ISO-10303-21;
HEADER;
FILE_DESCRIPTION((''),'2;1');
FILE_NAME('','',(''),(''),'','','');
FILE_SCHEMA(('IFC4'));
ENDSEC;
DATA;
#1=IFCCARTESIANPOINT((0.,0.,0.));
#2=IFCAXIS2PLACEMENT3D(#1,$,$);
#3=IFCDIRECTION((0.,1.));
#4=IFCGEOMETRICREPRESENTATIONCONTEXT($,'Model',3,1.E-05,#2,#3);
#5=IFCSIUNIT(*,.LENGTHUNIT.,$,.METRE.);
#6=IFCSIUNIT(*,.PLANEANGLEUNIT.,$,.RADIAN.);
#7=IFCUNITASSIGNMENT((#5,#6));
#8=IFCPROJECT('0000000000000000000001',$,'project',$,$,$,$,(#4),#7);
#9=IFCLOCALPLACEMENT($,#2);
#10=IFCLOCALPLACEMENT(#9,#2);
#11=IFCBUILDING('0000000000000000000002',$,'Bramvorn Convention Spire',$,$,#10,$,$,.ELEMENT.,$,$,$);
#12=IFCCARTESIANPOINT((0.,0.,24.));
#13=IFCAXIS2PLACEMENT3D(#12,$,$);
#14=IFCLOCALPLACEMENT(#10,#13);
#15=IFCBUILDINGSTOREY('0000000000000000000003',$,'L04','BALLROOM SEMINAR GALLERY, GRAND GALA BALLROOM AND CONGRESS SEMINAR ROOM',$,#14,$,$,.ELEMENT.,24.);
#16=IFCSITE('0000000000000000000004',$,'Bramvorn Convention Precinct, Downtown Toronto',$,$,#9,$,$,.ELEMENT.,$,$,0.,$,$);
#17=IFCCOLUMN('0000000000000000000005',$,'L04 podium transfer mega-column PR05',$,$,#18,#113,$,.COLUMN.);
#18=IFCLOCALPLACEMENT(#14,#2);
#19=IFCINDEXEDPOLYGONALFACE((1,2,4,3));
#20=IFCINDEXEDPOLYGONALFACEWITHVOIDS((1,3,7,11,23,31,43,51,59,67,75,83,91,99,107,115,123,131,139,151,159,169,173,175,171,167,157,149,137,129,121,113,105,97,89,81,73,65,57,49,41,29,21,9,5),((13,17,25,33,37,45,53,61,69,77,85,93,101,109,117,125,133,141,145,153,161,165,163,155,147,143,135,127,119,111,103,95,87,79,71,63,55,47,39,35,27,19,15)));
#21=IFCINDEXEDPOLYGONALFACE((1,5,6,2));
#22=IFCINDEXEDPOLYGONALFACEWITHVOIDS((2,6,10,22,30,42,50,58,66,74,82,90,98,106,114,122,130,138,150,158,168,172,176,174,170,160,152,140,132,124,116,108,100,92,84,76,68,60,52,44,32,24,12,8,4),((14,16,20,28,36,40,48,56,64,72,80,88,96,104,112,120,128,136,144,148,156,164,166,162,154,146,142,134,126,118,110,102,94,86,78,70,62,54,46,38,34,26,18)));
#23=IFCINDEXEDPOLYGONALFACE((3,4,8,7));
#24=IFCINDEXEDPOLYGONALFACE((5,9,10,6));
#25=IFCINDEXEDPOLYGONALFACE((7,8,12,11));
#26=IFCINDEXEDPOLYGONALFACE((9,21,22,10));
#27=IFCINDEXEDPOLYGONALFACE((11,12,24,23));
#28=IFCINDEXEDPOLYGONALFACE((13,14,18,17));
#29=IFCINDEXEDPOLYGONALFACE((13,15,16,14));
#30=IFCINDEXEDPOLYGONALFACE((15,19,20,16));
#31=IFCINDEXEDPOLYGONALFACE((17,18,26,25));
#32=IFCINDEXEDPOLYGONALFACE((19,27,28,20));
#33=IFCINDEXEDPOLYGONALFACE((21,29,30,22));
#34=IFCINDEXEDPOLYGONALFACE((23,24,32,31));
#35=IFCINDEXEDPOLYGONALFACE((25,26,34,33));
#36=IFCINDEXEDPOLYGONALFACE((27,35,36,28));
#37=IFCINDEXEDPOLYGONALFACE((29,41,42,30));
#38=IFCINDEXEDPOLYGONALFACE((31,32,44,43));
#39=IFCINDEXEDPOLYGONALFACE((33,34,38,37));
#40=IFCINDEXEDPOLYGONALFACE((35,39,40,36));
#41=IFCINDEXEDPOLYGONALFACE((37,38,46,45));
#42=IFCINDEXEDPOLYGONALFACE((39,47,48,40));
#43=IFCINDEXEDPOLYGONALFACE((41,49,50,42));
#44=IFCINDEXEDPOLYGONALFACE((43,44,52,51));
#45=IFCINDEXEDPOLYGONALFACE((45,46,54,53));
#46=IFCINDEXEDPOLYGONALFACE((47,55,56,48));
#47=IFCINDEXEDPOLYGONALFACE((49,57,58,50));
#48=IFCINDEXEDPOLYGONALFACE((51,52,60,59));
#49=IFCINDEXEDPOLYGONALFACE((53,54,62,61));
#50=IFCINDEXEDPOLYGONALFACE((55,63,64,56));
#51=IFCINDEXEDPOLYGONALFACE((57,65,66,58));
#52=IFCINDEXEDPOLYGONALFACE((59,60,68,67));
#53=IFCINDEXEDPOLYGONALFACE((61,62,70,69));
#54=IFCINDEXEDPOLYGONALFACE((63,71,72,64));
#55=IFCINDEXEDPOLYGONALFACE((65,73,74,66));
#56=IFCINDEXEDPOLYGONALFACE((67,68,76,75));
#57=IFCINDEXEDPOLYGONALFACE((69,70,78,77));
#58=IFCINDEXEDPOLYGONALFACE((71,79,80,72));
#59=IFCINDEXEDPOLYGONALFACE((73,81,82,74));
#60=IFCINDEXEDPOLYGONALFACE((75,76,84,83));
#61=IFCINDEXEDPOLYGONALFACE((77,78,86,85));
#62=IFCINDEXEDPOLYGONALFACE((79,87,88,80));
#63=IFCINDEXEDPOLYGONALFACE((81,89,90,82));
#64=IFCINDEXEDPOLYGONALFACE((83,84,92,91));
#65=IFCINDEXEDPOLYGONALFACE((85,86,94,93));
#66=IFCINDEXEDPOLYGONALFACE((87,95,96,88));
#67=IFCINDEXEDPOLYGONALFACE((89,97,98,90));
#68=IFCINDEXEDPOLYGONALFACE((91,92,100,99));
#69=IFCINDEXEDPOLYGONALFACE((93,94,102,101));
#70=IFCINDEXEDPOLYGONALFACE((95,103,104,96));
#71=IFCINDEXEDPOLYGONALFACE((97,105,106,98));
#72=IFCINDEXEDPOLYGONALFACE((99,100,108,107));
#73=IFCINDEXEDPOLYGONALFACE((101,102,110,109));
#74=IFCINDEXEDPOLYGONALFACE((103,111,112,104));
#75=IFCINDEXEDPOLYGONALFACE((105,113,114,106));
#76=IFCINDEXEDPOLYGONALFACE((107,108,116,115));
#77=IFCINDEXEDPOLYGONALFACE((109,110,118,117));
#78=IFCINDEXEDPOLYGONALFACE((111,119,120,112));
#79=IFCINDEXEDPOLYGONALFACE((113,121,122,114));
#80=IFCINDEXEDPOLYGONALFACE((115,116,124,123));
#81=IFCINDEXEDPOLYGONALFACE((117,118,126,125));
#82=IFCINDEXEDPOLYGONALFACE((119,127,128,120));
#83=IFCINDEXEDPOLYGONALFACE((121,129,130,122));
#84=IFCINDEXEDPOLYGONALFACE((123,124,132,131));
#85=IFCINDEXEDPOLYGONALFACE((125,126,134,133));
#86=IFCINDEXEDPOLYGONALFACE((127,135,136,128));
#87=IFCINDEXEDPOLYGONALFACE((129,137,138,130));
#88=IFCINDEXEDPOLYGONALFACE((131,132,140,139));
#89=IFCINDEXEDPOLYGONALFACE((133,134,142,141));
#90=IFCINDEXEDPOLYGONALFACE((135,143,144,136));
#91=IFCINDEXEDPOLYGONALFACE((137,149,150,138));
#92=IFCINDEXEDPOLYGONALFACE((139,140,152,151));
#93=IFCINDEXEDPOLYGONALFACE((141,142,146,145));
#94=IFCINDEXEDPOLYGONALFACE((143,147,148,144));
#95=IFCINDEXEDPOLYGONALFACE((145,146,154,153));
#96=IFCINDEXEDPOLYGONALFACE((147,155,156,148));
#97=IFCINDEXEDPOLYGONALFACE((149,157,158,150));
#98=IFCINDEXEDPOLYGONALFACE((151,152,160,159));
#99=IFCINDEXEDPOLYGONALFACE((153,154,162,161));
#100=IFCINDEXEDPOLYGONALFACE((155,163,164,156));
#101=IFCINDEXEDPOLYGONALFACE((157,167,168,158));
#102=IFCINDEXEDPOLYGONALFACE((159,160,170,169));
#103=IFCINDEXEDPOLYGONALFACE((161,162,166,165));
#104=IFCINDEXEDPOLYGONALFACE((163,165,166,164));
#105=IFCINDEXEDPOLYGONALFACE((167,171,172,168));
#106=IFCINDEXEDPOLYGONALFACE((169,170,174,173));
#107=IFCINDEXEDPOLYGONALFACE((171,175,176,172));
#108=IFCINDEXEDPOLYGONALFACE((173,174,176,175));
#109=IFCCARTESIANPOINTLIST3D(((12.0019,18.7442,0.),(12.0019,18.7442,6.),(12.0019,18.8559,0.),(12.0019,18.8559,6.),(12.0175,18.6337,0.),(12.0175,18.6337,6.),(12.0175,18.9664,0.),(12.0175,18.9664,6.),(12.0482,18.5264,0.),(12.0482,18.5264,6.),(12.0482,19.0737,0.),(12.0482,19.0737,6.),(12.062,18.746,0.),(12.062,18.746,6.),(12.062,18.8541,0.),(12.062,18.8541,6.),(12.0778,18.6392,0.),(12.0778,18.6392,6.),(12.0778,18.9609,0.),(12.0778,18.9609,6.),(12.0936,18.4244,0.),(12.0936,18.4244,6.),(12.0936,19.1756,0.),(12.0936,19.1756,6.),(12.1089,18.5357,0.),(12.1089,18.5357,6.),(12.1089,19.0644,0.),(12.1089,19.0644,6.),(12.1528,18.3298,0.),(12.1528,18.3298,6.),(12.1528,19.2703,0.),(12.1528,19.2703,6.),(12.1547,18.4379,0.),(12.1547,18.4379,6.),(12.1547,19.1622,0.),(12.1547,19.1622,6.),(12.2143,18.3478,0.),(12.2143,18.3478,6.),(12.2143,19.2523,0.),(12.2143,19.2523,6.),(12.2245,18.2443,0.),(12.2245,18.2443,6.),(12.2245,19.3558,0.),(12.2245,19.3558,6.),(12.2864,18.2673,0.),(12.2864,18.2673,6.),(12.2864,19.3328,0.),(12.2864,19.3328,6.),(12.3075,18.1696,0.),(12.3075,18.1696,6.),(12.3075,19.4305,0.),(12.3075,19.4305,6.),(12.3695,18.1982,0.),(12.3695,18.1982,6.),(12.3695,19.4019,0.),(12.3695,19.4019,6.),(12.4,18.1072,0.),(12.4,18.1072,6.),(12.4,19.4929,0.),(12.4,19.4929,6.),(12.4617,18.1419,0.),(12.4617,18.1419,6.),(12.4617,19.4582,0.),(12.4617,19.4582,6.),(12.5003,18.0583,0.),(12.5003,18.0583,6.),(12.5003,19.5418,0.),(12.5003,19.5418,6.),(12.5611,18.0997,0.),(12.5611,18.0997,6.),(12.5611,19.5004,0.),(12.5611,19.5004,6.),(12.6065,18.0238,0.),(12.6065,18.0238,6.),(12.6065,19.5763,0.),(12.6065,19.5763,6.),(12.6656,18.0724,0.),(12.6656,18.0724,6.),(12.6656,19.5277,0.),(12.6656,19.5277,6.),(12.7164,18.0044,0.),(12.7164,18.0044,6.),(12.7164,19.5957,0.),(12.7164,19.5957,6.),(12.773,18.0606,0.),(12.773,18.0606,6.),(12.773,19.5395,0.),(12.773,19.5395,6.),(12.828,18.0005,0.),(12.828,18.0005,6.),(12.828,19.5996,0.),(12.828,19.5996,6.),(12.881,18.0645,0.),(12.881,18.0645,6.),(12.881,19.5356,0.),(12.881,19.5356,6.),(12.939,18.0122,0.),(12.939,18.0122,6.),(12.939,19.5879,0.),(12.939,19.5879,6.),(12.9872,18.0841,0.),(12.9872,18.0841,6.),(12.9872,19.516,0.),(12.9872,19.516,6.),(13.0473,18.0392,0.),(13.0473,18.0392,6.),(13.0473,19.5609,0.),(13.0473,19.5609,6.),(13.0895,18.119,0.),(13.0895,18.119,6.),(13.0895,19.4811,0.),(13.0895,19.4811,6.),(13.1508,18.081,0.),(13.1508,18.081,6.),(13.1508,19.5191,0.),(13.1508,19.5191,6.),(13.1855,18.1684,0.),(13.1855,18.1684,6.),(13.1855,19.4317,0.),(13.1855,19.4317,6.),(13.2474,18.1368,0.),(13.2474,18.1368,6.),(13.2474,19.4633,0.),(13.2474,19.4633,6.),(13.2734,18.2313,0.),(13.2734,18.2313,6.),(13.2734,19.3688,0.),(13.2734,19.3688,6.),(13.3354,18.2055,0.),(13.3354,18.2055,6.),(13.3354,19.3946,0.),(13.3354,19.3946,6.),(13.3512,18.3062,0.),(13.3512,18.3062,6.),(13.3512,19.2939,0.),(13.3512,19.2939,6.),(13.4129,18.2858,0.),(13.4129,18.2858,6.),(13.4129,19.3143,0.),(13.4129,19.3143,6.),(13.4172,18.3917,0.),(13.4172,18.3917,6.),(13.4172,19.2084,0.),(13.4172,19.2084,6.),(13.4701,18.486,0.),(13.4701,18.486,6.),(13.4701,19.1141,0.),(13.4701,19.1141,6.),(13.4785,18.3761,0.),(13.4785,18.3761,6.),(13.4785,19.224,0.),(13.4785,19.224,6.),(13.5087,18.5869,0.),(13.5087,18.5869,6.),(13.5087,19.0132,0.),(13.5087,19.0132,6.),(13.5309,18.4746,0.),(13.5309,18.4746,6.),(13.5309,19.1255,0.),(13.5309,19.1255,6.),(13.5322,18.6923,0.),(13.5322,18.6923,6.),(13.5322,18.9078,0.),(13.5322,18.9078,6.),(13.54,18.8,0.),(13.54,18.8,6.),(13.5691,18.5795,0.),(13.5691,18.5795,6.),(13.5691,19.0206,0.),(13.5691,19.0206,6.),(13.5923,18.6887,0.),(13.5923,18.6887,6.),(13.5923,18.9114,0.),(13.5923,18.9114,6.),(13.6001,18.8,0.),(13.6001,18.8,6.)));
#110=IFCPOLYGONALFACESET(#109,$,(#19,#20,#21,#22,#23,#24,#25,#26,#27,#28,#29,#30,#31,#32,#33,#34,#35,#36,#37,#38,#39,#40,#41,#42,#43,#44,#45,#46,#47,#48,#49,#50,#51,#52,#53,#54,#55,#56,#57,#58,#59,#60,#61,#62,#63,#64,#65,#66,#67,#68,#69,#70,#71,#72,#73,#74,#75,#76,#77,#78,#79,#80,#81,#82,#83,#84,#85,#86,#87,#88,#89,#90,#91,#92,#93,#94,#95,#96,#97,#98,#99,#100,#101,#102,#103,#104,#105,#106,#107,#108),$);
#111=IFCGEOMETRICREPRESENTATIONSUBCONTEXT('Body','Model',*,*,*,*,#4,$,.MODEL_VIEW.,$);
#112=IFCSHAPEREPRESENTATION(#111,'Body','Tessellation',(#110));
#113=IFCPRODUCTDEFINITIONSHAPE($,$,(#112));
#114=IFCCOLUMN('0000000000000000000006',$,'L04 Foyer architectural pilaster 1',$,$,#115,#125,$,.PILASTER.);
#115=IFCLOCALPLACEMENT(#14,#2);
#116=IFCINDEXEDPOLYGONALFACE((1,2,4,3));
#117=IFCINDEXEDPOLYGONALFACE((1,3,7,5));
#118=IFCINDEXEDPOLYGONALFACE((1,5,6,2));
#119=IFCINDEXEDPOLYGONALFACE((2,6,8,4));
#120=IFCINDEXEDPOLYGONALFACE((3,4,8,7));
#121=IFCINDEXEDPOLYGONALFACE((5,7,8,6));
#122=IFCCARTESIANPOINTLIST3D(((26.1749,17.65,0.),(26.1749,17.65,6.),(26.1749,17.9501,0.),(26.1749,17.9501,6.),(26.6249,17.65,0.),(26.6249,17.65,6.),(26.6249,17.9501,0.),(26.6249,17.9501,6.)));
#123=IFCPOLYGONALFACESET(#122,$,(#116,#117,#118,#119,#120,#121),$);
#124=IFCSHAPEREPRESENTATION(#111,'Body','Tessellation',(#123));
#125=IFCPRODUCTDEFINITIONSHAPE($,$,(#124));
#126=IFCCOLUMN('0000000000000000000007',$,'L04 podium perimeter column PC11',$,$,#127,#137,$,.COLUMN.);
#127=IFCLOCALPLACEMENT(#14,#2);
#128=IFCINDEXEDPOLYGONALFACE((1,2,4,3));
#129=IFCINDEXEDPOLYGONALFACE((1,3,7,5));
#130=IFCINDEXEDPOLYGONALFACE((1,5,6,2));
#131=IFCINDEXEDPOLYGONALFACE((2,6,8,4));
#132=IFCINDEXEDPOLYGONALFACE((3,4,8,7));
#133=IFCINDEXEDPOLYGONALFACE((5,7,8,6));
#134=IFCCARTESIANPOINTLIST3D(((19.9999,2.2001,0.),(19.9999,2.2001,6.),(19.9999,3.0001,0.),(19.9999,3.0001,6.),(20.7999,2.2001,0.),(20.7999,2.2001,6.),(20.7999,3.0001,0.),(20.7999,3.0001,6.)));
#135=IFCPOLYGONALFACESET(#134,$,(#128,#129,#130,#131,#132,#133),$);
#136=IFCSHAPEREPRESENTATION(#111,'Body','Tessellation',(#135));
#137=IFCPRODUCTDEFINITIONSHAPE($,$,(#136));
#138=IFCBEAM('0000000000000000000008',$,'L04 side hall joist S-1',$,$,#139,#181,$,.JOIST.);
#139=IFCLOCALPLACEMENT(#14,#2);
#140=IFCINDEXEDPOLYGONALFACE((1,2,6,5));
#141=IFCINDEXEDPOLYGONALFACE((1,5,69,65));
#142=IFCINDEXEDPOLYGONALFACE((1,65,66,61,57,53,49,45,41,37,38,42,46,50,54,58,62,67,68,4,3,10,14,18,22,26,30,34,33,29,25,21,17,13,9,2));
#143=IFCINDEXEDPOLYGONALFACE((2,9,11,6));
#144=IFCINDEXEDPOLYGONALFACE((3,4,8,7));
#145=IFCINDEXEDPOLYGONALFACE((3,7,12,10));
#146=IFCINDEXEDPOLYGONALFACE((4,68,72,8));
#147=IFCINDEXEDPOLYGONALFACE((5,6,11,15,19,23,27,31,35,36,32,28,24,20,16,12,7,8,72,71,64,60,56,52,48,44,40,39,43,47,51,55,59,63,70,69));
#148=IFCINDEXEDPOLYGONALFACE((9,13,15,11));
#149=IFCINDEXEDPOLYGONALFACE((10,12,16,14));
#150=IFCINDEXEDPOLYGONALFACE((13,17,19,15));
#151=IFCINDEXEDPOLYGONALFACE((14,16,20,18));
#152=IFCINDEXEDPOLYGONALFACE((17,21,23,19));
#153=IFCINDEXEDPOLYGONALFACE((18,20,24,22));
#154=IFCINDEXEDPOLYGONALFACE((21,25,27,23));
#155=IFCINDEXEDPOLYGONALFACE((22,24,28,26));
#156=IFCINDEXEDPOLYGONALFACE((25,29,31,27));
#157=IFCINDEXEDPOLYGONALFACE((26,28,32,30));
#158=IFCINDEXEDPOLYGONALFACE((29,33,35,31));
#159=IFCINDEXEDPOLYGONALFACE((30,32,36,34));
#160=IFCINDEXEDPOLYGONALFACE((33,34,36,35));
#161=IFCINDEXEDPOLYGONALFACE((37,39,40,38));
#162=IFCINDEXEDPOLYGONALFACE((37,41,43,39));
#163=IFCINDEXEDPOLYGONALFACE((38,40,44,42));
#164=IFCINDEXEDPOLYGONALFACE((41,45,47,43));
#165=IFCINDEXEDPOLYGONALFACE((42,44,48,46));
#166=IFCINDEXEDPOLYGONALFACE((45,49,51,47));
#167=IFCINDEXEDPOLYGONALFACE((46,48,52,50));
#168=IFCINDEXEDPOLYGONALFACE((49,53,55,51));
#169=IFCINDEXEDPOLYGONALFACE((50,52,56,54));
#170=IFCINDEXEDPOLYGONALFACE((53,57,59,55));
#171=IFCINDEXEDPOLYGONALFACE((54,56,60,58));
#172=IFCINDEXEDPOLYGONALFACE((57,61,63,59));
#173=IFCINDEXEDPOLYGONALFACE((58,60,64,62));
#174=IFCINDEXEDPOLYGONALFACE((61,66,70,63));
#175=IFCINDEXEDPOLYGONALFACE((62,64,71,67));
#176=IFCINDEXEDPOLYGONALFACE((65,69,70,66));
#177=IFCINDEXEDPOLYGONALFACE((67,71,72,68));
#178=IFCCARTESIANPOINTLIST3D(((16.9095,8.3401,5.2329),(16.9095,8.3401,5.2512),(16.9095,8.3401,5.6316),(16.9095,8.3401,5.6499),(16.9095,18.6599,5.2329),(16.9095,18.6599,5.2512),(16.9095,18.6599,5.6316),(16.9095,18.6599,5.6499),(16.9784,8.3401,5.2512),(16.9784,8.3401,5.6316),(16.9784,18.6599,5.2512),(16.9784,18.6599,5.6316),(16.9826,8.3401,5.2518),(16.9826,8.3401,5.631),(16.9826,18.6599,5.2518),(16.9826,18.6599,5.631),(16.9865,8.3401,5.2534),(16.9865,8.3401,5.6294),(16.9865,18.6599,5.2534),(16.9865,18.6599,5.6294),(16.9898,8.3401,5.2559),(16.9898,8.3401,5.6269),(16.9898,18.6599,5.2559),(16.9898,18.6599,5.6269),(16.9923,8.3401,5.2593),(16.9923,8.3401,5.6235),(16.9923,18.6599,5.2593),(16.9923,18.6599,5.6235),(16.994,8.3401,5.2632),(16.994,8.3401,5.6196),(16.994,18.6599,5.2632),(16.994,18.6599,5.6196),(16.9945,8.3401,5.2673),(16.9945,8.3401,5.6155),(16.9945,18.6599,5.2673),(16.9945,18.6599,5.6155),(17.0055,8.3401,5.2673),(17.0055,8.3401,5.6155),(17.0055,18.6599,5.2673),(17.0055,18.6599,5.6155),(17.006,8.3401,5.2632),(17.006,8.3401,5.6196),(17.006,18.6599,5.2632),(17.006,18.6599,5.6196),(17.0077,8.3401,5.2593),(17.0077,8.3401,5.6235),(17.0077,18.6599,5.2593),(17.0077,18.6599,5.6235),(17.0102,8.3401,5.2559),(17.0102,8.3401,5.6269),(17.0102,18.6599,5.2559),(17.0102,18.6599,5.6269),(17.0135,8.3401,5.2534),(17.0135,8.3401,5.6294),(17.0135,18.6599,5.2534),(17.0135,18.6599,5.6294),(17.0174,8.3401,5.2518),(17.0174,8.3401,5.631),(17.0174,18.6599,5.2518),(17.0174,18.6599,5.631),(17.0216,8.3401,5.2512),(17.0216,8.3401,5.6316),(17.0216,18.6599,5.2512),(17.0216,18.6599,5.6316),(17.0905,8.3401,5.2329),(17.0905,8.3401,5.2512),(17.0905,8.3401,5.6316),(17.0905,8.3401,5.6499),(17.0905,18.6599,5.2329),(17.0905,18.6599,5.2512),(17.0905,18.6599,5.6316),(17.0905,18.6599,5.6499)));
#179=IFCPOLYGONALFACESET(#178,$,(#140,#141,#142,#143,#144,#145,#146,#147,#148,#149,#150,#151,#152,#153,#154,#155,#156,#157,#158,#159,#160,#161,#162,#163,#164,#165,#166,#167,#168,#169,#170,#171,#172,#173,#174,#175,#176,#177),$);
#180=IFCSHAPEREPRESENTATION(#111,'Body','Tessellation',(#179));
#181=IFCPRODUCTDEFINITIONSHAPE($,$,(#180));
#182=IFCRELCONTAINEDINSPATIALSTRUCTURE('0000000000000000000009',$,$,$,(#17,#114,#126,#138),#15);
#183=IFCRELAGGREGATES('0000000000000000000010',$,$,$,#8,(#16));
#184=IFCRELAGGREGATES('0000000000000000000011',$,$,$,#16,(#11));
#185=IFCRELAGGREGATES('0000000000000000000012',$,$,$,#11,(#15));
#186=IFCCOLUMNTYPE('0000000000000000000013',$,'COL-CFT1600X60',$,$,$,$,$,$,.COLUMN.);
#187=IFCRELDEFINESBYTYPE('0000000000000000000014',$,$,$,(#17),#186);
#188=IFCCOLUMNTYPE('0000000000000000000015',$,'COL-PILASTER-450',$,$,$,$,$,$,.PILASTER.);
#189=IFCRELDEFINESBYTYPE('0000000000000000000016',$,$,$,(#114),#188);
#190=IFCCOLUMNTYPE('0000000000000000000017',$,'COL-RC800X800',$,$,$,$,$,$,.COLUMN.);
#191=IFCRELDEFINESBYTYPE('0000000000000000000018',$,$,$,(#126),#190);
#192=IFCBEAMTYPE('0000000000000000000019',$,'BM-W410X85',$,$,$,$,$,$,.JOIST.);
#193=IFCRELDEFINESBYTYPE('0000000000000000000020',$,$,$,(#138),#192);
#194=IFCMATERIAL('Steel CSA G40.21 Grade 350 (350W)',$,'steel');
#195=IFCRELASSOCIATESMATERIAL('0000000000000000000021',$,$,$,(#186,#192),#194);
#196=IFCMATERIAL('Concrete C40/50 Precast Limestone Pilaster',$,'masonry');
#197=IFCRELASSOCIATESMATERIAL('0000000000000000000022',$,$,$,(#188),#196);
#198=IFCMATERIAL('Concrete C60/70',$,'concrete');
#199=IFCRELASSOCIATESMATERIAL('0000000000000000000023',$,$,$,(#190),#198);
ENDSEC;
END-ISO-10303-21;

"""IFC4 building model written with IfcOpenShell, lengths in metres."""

from ifc_helpers import new_model, si_unit, direction, frame, origin, origin_2d, place, context, subcontext, project, spatial, rectangle, hollow_circle, i_section, extrude, material, material_profile, profile_set, type_object, element, save


model = new_model("IFC4")

# Units and contexts
model_context = context("Model", 3, precision=1e-05, world=origin(), true_north=direction((0.0, 1.0)))
body_context = subcontext(model_context, "Body", "Model", "MODEL_VIEW")
ifc_project = project(units=[si_unit("LENGTHUNIT", "METRE"), si_unit("PLANEANGLEUNIT", "RADIAN")], contexts=[model_context])

# Site, building, storey
site_placement = place(None, origin())
site = spatial("IfcSite", under=ifc_project, at=site_placement, Name="Bramvorn Convention Precinct, Downtown Toronto", CompositionType="ELEMENT", RefElevation=0.0)
building_placement = place(site_placement, origin())
building = spatial("IfcBuilding", under=site, at=building_placement, Name="Bramvorn Convention Spire", CompositionType="ELEMENT")
storey_placement = place(building_placement, frame((0.0, 0.0, 24.0)))
storey = spatial("IfcBuildingStorey", under=building, at=storey_placement, Name="L04", Description="BALLROOM SEMINAR GALLERY, GRAND GALA BALLROOM AND CONGRESS SEMINAR ROOM", CompositionType="ELEMENT", Elevation=24.0)

# Columns
ifc_material_1 = material(Name="Steel CSA G40.21 Grade 350 (350W)", Category="steel")
ifc_material_profile_1 = material_profile(ifc_material_1, hollow_circle(Radius=0.8, WallThickness=0.0601, at=origin_2d()))
ifc_profile_set_1 = profile_set([ifc_material_profile_1], Name="Steel CSA G40.21 Grade 350 (350W) - CFT1600X60")
column_type_1 = type_object("IfcColumnType", Name="COL-CFT1600X60", PredefinedType="COLUMN", material=ifc_profile_set_1)
for number, where, z_axis, x_axis, name in (
    (1, (12.8, 18.8, 0.0), (0.0, 0.0, 1.0), (1.0, 0.0, 0.0), "L04 podium transfer mega-column PR05"),
):
    element("IfcColumn", number, at=place(storey_placement, frame(where, z_axis=z_axis, x_axis=x_axis)), inside=storey, type_object=column_type_1, Name=name, PredefinedType="COLUMN", context=body_context, shape_type="SweptSolid", body=[
        extrude(hollow_circle(Radius=0.8, WallThickness=0.0601, at=origin_2d()), origin(), (0.0, 0.0, 1.0), 6.0),
    ])
ifc_material_2 = material(Name="Concrete C40/50 Precast Limestone Pilaster", Category="masonry")
ifc_material_profile_2 = material_profile(ifc_material_2, rectangle(XDim=0.45, YDim=0.3, at=origin_2d()))
ifc_profile_set_2 = profile_set([ifc_material_profile_2], Name="Concrete C40/50 Precast Limestone Pilaster - PILASTER450X300")
column_type_2 = type_object("IfcColumnType", Name="COL-PILASTER-450", PredefinedType="PILASTER", material=ifc_profile_set_2)
column_1_placement = place(storey_placement, frame((26.3999, 17.8, 0.0), z_axis=(0.0, 0.0, 1.0), x_axis=(1.0, 0.0, 0.0)))
element("IfcColumn", 2, at=column_1_placement, inside=storey, type_object=column_type_2, Name="L04 Foyer architectural pilaster 1", PredefinedType="PILASTER", context=body_context, shape_type="SweptSolid", body=[
    extrude(rectangle(XDim=0.45, YDim=0.3, at=origin_2d()), origin(), (0.0, 0.0, 1.0), 6.0),
])
ifc_material_3 = material(Name="Concrete C60/70", Category="concrete")
ifc_material_profile_3 = material_profile(ifc_material_3, rectangle(XDim=0.8, YDim=0.8, at=origin_2d()))
ifc_profile_set_3 = profile_set([ifc_material_profile_3], Name="Concrete C60/70 - RC800X800")
column_type_3 = type_object("IfcColumnType", Name="COL-RC800X800", PredefinedType="COLUMN", material=ifc_profile_set_3)
column_2_placement = place(storey_placement, frame((20.3999, 2.6001, 0.0), z_axis=(0.0, 0.0, 1.0), x_axis=(1.0, 0.0, 0.0)))
element("IfcColumn", 3, at=column_2_placement, inside=storey, type_object=column_type_3, Name="L04 podium perimeter column PC11", PredefinedType="COLUMN", context=body_context, shape_type="SweptSolid", body=[
    extrude(rectangle(XDim=0.8, YDim=0.8, at=origin_2d()), origin(), (0.0, 0.0, 1.0), 6.0),
])

# Beam
ifc_material_profile_4 = material_profile(ifc_material_1, i_section(OverallWidth=0.1809, OverallDepth=0.417, WebThickness=0.011, FlangeThickness=0.0183, FilletRadius=0.0161, at=origin_2d()))
ifc_profile_set_4 = profile_set([ifc_material_profile_4], Name="Steel CSA G40.21 Grade 350 (350W) - W410X85")
beam_type_1 = type_object("IfcBeamType", Name="BM-W410X85", PredefinedType="JOIST", material=ifc_profile_set_4)
for number, where, z_axis, x_axis, name in (
    (4, (17.0, 8.3401, 5.4414), (0.0, 1.0, 0.0), (-1.0, 0.0, 0.0), "L04 side hall joist S-1"),
):
    element("IfcBeam", number, at=place(storey_placement, frame(where, z_axis=z_axis, x_axis=x_axis)), inside=storey, type_object=beam_type_1, Name=name, PredefinedType="JOIST", context=body_context, shape_type="SweptSolid", body=[
        extrude(i_section(OverallWidth=0.1809, OverallDepth=0.417, WebThickness=0.011, FlangeThickness=0.0183, FilletRadius=0.0161, at=origin_2d()), origin(), (0.0, 0.0, 1.0), 10.3198),
    ])

save(model, "model.ifc")
